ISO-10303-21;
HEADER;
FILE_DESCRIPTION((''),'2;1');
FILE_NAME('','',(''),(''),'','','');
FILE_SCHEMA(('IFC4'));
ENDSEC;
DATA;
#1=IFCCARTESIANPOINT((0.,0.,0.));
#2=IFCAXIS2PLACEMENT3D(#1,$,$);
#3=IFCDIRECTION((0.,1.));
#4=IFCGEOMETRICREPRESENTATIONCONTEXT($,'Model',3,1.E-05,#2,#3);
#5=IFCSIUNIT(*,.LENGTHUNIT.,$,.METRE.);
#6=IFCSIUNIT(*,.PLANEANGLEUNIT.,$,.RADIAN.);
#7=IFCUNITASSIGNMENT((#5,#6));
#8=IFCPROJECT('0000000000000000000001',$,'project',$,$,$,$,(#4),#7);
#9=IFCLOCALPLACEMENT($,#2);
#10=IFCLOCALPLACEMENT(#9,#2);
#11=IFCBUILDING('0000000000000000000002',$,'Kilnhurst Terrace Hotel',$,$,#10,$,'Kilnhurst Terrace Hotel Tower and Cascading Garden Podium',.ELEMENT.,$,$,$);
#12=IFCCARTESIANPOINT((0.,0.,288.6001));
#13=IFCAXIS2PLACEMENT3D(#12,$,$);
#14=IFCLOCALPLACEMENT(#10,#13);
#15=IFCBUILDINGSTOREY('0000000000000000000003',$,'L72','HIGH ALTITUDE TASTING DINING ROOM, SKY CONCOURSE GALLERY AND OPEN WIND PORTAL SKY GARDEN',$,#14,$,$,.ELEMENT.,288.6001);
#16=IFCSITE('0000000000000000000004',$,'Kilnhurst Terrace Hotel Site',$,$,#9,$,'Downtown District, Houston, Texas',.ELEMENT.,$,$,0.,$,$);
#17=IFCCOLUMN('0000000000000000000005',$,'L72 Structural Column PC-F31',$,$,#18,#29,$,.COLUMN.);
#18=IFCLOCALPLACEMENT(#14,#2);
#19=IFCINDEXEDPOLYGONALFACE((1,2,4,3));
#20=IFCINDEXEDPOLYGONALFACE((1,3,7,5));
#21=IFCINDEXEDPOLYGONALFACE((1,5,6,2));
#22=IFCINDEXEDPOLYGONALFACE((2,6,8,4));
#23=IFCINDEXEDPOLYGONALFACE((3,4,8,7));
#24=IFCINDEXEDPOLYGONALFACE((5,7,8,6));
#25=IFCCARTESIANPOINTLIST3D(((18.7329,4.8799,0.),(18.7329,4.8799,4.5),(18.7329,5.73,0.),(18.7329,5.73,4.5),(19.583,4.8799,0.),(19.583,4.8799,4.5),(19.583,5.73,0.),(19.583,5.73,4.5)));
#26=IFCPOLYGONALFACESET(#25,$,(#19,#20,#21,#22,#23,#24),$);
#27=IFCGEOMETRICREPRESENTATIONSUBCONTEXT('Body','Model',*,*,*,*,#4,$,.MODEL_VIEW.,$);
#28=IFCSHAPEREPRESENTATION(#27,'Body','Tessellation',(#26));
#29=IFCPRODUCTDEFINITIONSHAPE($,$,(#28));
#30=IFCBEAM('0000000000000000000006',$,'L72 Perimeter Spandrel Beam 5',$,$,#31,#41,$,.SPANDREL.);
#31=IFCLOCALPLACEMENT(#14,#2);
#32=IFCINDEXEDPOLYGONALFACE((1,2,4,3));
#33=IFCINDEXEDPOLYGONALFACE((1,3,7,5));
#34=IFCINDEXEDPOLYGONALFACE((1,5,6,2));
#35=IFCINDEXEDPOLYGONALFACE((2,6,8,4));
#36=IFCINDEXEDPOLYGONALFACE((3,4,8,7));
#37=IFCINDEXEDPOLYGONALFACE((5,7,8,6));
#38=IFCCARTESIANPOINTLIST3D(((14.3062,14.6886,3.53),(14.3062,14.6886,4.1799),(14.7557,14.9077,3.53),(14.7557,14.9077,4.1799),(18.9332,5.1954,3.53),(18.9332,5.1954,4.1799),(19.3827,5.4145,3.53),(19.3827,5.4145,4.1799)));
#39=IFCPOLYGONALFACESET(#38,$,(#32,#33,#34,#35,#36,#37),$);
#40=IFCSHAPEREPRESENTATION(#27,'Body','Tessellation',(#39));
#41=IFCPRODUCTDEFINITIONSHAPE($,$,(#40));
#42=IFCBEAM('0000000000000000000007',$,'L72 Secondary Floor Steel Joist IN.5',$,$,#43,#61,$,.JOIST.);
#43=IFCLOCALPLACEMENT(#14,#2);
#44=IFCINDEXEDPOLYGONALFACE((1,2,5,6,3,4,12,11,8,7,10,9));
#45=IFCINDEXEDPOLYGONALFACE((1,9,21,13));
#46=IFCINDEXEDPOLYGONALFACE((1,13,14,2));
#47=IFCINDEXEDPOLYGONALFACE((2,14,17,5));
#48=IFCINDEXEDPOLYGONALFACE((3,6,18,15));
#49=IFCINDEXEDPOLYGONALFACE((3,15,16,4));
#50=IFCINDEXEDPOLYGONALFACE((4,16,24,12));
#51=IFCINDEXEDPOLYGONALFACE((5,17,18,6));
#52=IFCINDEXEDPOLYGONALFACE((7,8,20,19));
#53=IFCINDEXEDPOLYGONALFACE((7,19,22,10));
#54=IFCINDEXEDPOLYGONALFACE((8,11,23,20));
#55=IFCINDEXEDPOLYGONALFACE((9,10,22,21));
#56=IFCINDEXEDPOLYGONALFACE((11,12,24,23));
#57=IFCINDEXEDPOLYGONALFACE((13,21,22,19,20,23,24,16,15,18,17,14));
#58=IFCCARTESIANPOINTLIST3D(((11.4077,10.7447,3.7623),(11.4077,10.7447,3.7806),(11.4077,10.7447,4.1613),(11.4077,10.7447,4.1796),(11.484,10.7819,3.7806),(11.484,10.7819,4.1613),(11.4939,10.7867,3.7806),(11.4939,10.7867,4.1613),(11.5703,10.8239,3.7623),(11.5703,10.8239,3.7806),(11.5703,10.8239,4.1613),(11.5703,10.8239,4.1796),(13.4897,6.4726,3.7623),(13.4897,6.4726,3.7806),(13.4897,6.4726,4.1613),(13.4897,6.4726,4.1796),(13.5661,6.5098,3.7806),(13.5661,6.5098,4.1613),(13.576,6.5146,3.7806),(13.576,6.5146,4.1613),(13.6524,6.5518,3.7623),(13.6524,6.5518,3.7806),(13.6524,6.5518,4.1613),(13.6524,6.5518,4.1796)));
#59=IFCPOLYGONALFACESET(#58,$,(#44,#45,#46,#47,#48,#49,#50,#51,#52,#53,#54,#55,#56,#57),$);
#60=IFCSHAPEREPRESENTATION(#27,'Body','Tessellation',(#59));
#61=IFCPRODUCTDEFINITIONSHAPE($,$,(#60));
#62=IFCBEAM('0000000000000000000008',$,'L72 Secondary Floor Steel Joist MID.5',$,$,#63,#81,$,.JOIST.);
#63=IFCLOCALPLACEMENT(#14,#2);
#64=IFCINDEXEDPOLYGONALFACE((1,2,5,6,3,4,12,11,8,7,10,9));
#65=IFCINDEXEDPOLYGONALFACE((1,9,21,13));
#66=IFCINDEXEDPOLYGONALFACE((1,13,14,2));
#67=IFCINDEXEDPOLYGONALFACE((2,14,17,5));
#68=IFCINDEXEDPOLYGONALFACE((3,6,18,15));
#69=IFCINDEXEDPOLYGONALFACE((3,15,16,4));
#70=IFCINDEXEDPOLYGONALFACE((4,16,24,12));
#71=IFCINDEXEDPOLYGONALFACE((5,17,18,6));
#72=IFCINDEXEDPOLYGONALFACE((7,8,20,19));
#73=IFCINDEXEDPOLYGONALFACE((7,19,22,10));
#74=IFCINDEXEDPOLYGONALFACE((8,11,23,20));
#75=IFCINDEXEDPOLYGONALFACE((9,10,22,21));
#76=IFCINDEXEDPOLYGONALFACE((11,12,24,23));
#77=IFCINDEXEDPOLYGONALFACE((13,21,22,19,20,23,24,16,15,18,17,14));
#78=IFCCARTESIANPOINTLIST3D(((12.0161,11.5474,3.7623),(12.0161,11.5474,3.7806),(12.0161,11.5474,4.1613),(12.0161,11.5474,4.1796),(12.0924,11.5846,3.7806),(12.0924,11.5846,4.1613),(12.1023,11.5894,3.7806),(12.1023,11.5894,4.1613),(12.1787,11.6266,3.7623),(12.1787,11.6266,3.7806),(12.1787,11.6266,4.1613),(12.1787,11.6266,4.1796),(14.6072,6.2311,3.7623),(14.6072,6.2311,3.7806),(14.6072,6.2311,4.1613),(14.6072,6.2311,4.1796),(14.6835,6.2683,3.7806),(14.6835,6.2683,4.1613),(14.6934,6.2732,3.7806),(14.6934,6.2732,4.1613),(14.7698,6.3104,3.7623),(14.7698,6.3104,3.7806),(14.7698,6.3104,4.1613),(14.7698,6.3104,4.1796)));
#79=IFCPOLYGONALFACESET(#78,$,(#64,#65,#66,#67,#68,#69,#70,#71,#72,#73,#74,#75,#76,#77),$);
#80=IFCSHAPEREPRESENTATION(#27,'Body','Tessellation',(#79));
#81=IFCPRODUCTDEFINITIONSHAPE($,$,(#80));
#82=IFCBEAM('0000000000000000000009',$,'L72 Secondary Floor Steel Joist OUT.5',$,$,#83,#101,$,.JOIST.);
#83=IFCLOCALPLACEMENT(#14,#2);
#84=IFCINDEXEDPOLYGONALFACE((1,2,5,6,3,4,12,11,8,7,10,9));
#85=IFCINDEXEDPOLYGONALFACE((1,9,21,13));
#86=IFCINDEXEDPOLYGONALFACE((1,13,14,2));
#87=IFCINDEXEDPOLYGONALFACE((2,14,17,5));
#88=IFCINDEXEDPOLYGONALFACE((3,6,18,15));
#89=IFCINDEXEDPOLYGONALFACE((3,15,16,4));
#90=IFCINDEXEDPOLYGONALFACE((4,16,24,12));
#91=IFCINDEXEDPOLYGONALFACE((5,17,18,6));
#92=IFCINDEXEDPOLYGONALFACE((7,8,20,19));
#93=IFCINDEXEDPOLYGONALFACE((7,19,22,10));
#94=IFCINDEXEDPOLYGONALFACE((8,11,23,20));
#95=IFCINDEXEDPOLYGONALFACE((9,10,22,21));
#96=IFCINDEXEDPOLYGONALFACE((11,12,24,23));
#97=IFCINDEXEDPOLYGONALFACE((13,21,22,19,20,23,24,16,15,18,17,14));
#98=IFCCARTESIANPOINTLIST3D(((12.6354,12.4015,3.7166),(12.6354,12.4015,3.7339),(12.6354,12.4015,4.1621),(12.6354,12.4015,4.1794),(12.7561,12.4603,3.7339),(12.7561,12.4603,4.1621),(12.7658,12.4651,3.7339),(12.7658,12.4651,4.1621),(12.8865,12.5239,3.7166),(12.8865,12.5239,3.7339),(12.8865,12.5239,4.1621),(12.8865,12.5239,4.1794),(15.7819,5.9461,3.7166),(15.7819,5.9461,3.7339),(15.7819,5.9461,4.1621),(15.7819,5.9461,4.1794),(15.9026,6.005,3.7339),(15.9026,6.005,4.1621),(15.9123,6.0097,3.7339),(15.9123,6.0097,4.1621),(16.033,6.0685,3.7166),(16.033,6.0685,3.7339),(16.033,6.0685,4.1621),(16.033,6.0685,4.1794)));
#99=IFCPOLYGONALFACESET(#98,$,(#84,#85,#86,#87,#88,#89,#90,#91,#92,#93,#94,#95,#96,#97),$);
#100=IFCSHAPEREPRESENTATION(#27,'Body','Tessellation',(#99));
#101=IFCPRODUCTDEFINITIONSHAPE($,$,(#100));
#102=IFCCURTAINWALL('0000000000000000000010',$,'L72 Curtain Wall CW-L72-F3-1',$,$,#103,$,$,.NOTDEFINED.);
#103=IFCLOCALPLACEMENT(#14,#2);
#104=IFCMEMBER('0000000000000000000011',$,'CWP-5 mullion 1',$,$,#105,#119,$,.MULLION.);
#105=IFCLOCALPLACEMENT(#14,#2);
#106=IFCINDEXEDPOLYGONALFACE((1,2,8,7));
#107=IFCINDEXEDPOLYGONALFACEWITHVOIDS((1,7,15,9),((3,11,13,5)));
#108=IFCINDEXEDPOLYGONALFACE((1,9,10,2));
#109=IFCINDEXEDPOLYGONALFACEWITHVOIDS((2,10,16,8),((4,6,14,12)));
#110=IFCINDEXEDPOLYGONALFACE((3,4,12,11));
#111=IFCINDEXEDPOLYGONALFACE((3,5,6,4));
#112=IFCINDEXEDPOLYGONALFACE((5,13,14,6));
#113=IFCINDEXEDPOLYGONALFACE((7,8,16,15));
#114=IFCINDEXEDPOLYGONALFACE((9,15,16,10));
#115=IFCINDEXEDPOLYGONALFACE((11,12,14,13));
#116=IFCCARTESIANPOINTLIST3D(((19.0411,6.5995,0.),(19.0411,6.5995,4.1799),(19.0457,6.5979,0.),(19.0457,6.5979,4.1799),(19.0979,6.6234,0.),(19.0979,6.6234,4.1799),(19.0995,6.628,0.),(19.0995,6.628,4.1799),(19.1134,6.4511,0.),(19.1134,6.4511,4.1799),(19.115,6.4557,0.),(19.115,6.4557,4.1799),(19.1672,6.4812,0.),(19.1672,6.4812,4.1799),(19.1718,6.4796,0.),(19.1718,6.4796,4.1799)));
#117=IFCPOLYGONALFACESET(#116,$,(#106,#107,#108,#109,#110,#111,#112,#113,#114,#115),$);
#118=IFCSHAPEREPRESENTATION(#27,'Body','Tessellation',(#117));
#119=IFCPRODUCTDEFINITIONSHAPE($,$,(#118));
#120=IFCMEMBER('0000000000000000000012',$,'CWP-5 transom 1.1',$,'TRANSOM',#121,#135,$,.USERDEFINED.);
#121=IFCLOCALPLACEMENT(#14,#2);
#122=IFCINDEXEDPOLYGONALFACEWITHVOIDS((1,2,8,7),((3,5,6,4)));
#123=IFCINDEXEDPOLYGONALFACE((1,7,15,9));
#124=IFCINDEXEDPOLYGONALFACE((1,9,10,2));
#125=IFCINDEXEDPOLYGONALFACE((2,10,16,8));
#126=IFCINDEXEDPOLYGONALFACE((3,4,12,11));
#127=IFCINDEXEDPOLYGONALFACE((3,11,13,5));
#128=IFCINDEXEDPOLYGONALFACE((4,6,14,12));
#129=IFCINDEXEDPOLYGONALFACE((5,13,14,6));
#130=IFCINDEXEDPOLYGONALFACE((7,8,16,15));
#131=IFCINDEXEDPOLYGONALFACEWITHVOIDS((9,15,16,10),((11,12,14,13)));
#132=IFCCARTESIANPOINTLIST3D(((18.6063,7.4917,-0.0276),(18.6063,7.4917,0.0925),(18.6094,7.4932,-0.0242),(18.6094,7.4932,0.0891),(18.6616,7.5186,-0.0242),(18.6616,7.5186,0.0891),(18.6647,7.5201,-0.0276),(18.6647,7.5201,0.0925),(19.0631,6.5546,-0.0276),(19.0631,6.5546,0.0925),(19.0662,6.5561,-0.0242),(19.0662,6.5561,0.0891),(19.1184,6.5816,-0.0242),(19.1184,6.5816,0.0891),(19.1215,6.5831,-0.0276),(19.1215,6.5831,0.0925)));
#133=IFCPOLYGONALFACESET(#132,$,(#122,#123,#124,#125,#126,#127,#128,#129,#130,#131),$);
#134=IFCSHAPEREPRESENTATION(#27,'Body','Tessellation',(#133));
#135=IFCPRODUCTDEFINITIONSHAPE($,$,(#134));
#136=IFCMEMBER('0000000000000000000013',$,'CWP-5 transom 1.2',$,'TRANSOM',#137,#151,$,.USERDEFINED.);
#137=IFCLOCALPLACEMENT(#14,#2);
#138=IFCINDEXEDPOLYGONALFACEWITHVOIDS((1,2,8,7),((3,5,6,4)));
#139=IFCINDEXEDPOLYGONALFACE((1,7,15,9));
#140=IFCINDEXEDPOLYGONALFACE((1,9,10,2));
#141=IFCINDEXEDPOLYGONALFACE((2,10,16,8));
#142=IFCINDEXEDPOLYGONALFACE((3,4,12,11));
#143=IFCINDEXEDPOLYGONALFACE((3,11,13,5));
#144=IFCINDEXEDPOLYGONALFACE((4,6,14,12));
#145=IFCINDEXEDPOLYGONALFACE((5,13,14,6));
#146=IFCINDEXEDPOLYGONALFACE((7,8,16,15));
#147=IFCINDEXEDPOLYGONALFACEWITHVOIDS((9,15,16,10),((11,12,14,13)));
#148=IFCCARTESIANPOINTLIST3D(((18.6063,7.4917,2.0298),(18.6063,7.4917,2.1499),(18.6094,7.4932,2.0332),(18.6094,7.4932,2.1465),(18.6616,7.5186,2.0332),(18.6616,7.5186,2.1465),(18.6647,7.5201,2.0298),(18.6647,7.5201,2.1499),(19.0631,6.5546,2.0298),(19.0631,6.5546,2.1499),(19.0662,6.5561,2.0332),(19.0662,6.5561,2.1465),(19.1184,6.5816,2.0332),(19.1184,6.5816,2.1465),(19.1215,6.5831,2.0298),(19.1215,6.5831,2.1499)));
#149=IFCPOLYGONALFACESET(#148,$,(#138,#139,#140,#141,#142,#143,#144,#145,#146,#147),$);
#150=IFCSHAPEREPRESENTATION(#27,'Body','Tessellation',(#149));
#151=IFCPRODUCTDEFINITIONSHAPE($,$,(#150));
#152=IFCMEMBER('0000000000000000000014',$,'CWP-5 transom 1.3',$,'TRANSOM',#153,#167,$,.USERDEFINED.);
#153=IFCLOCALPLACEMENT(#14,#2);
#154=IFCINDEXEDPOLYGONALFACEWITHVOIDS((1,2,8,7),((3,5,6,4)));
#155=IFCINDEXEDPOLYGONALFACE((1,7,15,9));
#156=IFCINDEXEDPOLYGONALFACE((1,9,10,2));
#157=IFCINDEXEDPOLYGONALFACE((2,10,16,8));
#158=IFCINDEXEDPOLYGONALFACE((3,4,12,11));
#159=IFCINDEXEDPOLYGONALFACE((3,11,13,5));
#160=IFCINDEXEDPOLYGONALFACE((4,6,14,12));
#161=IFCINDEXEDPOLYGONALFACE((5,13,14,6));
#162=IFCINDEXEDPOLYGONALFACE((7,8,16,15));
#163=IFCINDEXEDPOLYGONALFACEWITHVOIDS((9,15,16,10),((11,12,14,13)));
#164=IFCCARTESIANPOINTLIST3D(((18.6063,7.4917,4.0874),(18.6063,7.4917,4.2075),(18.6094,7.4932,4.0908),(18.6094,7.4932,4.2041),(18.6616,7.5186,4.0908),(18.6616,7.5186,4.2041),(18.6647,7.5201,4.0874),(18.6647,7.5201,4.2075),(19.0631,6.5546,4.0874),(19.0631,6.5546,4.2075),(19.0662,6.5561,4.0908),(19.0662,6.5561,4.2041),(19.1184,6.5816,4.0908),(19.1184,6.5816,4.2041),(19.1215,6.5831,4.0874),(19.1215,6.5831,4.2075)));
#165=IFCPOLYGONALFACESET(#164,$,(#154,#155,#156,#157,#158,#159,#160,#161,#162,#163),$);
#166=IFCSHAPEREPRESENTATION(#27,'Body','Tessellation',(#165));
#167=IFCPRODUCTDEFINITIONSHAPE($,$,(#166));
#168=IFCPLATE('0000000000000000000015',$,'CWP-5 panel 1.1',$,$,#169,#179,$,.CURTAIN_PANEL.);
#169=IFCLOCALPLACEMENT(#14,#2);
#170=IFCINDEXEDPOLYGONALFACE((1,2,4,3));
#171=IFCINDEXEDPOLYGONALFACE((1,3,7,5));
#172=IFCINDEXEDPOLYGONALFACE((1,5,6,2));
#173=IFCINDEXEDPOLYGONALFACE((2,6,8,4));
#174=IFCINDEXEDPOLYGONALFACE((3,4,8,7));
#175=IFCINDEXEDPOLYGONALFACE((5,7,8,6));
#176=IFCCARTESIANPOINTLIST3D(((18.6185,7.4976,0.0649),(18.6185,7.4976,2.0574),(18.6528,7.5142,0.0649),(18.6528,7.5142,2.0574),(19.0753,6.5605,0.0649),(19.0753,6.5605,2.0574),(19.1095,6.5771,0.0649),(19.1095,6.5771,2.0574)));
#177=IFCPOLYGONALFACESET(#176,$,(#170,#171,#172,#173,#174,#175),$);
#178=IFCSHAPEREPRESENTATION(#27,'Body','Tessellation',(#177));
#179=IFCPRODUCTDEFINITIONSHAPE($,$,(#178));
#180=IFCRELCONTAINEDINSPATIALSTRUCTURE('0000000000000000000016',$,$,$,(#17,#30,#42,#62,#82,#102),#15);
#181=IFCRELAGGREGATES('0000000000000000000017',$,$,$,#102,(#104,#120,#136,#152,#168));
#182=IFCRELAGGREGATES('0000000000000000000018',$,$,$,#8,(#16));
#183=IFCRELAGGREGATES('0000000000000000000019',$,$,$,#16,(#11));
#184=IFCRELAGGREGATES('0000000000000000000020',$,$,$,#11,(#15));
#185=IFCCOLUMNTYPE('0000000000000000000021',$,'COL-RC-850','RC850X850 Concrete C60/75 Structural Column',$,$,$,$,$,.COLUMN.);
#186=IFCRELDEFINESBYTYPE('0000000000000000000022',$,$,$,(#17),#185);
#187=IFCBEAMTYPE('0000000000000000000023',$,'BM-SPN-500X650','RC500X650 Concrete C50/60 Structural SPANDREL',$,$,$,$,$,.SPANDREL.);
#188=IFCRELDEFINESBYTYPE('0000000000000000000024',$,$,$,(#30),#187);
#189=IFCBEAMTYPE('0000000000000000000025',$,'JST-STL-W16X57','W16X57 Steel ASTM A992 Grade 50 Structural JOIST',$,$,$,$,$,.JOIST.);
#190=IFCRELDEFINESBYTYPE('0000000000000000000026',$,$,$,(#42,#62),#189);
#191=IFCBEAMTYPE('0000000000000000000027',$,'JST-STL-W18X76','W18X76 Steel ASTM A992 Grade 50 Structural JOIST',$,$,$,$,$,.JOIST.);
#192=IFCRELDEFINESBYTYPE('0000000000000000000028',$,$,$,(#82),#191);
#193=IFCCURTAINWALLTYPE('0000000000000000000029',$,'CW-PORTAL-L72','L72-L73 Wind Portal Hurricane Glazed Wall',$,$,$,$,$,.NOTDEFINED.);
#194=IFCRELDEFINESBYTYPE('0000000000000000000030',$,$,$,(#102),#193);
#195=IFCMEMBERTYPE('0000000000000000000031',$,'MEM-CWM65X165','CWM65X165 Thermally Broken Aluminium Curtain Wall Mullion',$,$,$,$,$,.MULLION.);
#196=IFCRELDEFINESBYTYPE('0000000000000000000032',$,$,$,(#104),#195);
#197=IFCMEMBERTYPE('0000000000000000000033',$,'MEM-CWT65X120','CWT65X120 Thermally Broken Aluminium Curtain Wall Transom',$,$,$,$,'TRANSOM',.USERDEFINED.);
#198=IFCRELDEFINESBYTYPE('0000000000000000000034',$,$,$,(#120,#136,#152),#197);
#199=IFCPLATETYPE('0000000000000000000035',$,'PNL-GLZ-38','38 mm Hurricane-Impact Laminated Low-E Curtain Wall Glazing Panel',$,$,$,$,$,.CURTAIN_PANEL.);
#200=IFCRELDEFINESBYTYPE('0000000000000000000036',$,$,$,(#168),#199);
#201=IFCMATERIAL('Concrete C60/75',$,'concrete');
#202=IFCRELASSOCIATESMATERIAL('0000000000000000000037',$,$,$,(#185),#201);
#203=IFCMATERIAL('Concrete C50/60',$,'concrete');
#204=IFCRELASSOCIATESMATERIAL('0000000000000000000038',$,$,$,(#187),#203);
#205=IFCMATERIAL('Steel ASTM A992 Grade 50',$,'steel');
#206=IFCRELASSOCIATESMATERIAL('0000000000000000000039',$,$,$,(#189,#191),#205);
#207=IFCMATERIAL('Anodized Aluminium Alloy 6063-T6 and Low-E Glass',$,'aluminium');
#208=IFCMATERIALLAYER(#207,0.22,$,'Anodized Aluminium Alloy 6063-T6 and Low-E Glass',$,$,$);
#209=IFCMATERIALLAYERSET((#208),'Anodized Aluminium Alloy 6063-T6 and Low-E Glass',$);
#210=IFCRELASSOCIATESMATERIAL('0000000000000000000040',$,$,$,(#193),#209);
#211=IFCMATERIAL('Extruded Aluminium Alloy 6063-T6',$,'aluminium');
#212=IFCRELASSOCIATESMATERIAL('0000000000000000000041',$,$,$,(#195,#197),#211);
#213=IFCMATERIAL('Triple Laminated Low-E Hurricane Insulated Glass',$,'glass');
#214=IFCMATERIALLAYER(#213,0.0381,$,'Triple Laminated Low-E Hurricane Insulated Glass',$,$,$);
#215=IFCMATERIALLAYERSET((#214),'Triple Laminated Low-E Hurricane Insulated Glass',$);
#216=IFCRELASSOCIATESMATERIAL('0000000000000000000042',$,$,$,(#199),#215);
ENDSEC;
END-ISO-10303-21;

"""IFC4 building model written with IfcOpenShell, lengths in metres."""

from ifc_helpers import new_model, si_unit, direction, frame, origin, origin_2d, place, context, subcontext, project, spatial, rectangle, hollow_rectangle, i_section, extrude, material, layer, layer_set, material_profile, profile_set, type_object, element, aggregate, save


model = new_model("IFC4")

# Units and contexts
model_context = context("Model", 3, precision=1e-05, world=origin(), true_north=direction((0.0, 1.0)))
body_context = subcontext(model_context, "Body", "Model", "MODEL_VIEW")
ifc_project = project(units=[si_unit("LENGTHUNIT", "METRE"), si_unit("PLANEANGLEUNIT", "RADIAN")], contexts=[model_context])

# Site, building, storey
site_placement = place(None, origin())
site = spatial("IfcSite", under=ifc_project, at=site_placement, Name="Kilnhurst Terrace Hotel Site", LongName="Downtown District, Houston, Texas", CompositionType="ELEMENT", RefElevation=0.0)
building_placement = place(site_placement, origin())
building = spatial("IfcBuilding", under=site, at=building_placement, Name="Kilnhurst Terrace Hotel", LongName="Kilnhurst Terrace Hotel Tower and Cascading Garden Podium", CompositionType="ELEMENT")
storey_placement = place(building_placement, frame((0.0, 0.0, 288.6001)))
storey = spatial("IfcBuildingStorey", under=building, at=storey_placement, Name="L72", Description="HIGH ALTITUDE TASTING DINING ROOM, SKY CONCOURSE GALLERY AND OPEN WIND PORTAL SKY GARDEN", CompositionType="ELEMENT", Elevation=288.6001)

# Column
ifc_material_1 = material(Name="Concrete C60/75", Category="concrete")
ifc_material_profile_1 = material_profile(ifc_material_1, rectangle(XDim=0.8501, YDim=0.8501, at=origin_2d()), Name="RC850X850")
ifc_profile_set_1 = profile_set([ifc_material_profile_1], Name="Concrete C60/75")
column_type = type_object("IfcColumnType", Name="COL-RC-850", Description="RC850X850 Concrete C60/75 Structural Column", PredefinedType="COLUMN", material=ifc_profile_set_1)
column_placement = place(storey_placement, frame((19.158, 5.3049, 0.0), z_axis=(0.0, 0.0, 1.0), x_axis=(1.0, 0.0, 0.0)))
element("IfcColumn", 1, at=column_placement, inside=storey, type_object=column_type, Name="L72 Structural Column PC-F31", PredefinedType="COLUMN", context=body_context, shape_type="SweptSolid", body=[
    extrude(rectangle(XDim=0.8501, YDim=0.8501, at=origin_2d()), origin(), (0.0, 0.0, 1.0), 4.5),
])

# Beams
ifc_material_2 = material(Name="Concrete C50/60", Category="concrete")
ifc_material_profile_2 = material_profile(ifc_material_2, rectangle(XDim=0.5, YDim=0.6499, at=origin_2d()), Name="RC500X650")
ifc_profile_set_2 = profile_set([ifc_material_profile_2], Name="Concrete C50/60")
beam_type_1 = type_object("IfcBeamType", Name="BM-SPN-500X650", Description="RC500X650 Concrete C50/60 Structural SPANDREL", PredefinedType="SPANDREL", material=ifc_profile_set_2)
beam_1_placement = place(storey_placement, frame((19.158, 5.3049, 3.855), z_axis=(-0.438128, 0.898912, 0.0), x_axis=(-0.898912, -0.438128, 0.0)))
element("IfcBeam", 2, at=beam_1_placement, inside=storey, type_object=beam_type_1, Name="L72 Perimeter Spandrel Beam 5", PredefinedType="SPANDREL", context=body_context, shape_type="SweptSolid", body=[
    extrude(rectangle(XDim=0.5, YDim=0.6499, at=origin_2d()), origin(), (0.0, 0.0, 1.0), 10.5608),
])
ifc_material_3 = material(Name="Steel ASTM A992 Grade 50", Category="steel")
ifc_material_profile_3 = material_profile(ifc_material_3, i_section(OverallWidth=0.1809, OverallDepth=0.4172, WebThickness=0.011, FlangeThickness=0.0183, at=origin_2d()), Name="W16X57")
ifc_profile_set_3 = profile_set([ifc_material_profile_3], Name="Steel ASTM A992 Grade 50")
beam_type_2 = type_object("IfcBeamType", Name="JST-STL-W16X57", Description="W16X57 Steel ASTM A992 Grade 50 Structural JOIST", PredefinedType="JOIST", material=ifc_profile_set_3)
beam_2_placement = place(storey_placement, frame((13.571, 6.5122, 3.9709), z_axis=(-0.438108, 0.898922, 0.0), x_axis=(-0.898922, -0.438108, 0.0)))
element("IfcBeam", 3, at=beam_2_placement, inside=storey, type_object=beam_type_2, Name="L72 Secondary Floor Steel Joist IN.5", PredefinedType="JOIST", context=body_context, shape_type="SweptSolid", body=[
    extrude(i_section(OverallWidth=0.1809, OverallDepth=0.4172, WebThickness=0.011, FlangeThickness=0.0183, at=origin_2d()), origin(), (0.0, 0.0, 1.0), 4.7524),
])
beam_3_placement = place(storey_placement, frame((14.6885, 6.2708, 3.9709), z_axis=(-0.438125, 0.898914, 0.0), x_axis=(-0.898914, -0.438125, 0.0)))
element("IfcBeam", 4, at=beam_3_placement, inside=storey, type_object=beam_type_2, Name="L72 Secondary Floor Steel Joist MID.5", PredefinedType="JOIST", context=body_context, shape_type="SweptSolid", body=[
    extrude(i_section(OverallWidth=0.1809, OverallDepth=0.4172, WebThickness=0.011, FlangeThickness=0.0183, at=origin_2d()), origin(), (0.0, 0.0, 1.0), 5.9141),
])
ifc_material_profile_4 = material_profile(ifc_material_3, i_section(OverallWidth=0.2793, OverallDepth=0.4629, WebThickness=0.0107, FlangeThickness=0.0173, at=origin_2d()), Name="W18X76")
ifc_profile_set_4 = profile_set([ifc_material_profile_4], Name="Steel ASTM A992 Grade 50")
beam_type_3 = type_object("IfcBeamType", Name="JST-STL-W18X76", Description="W18X76 Steel ASTM A992 Grade 50 Structural JOIST", PredefinedType="JOIST", material=ifc_profile_set_4)
beam_4_placement = place(storey_placement, frame((15.9075, 6.0073, 3.948), z_axis=(-0.438148, 0.898903, 0.0), x_axis=(-0.898903, -0.438148, 0.0)))
element("IfcBeam", 5, at=beam_4_placement, inside=storey, type_object=beam_type_3, Name="L72 Secondary Floor Steel Joist OUT.5", PredefinedType="JOIST", context=body_context, shape_type="SweptSolid", body=[
    extrude(i_section(OverallWidth=0.2793, OverallDepth=0.4629, WebThickness=0.0107, FlangeThickness=0.0173, at=origin_2d()), origin(), (0.0, 0.0, 1.0), 7.1814),
])

# Curtain wall, members, plate
ifc_material_4 = material(Name="Anodized Aluminium Alloy 6063-T6 and Low-E Glass", Category="aluminium")
ifc_layer_1 = layer(ifc_material_4, 0.22, Name="Anodized Aluminium Alloy 6063-T6 and Low-E Glass")
ifc_layer_set_1 = layer_set([ifc_layer_1], Name="Anodized Aluminium Alloy 6063-T6 and Low-E Glass")
curtain_wall_type = type_object("IfcCurtainWallType", Name="CW-PORTAL-L72", Description="L72-L73 Wind Portal Hurricane Glazed Wall", PredefinedType="NOTDEFINED", material=ifc_layer_set_1)
curtain_wall_placement = place(storey_placement, origin())
curtain_wall = element("IfcCurtainWall", 6, at=curtain_wall_placement, inside=storey, type_object=curtain_wall_type, Name="L72 Curtain Wall CW-L72-F3-1", PredefinedType="NOTDEFINED")
ifc_material_5 = material(Name="Extruded Aluminium Alloy 6063-T6", Category="aluminium")
ifc_material_profile_5 = material_profile(ifc_material_5, hollow_rectangle(XDim=0.0649, YDim=0.165, WallThickness=0.0034, at=origin_2d()), Name="CWM65X165")
ifc_profile_set_5 = profile_set([ifc_material_profile_5], Name="Extruded Aluminium Alloy 6063-T6")
member_type_1 = type_object("IfcMemberType", Name="MEM-CWM65X165", Description="CWM65X165 Thermally Broken Aluminium Curtain Wall Mullion", PredefinedType="MULLION", material=ifc_profile_set_5)
member_1_placement = place(storey_placement, frame((19.1064, 6.5396, 0.0), z_axis=(0.0, 0.0, 1.0), x_axis=(-0.898916, -0.43812, 0.0)))
member_1 = element("IfcMember", 7, at=member_1_placement, type_object=member_type_1, Name="CWP-5 mullion 1", PredefinedType="MULLION", context=body_context, shape_type="SweptSolid", body=[
    extrude(hollow_rectangle(XDim=0.0649, YDim=0.165, WallThickness=0.0034, at=origin_2d()), origin(), (0.0, 0.0, 1.0), 4.1799),
])
ifc_material_profile_6 = material_profile(ifc_material_5, hollow_rectangle(XDim=0.0649, YDim=0.1201, WallThickness=0.0034, at=origin_2d()), Name="CWT65X120")
ifc_profile_set_6 = profile_set([ifc_material_profile_6], Name="Extruded Aluminium Alloy 6063-T6")
member_type_2 = type_object("IfcMemberType", Name="MEM-CWT65X120", Description="CWT65X120 Thermally Broken Aluminium Curtain Wall Transom", ElementType="TRANSOM", PredefinedType="USERDEFINED", material=ifc_profile_set_6)
member_2_placement = place(storey_placement, frame((19.0923, 6.5688, 0.0325), z_axis=(-0.438198, 0.898879, 0.0), x_axis=(-0.898879, -0.438198, 0.0)))
member_2 = element("IfcMember", 8, at=member_2_placement, type_object=member_type_2, Name="CWP-5 transom 1.1", ObjectType="TRANSOM", PredefinedType="USERDEFINED", context=body_context, shape_type="SweptSolid", body=[
    extrude(hollow_rectangle(XDim=0.0649, YDim=0.1201, WallThickness=0.0034, at=origin_2d()), origin(), (0.0, 0.0, 1.0), 1.0425),
])
member_3_placement = place(storey_placement, frame((19.0923, 6.5688, 2.0898), z_axis=(-0.438198, 0.898879, 0.0), x_axis=(-0.898879, -0.438198, 0.0)))
member_3 = element("IfcMember", 9, at=member_3_placement, type_object=member_type_2, Name="CWP-5 transom 1.2", ObjectType="TRANSOM", PredefinedType="USERDEFINED", context=body_context, shape_type="SweptSolid", body=[
    extrude(hollow_rectangle(XDim=0.0649, YDim=0.1201, WallThickness=0.0034, at=origin_2d()), origin(), (0.0, 0.0, 1.0), 1.0425),
])
member_4_placement = place(storey_placement, frame((19.0923, 6.5688, 4.1475), z_axis=(-0.438198, 0.898879, 0.0), x_axis=(-0.898879, -0.438198, 0.0)))
member_4 = element("IfcMember", 10, at=member_4_placement, type_object=member_type_2, Name="CWP-5 transom 1.3", ObjectType="TRANSOM", PredefinedType="USERDEFINED", context=body_context, shape_type="SweptSolid", body=[
    extrude(hollow_rectangle(XDim=0.0649, YDim=0.1201, WallThickness=0.0034, at=origin_2d()), origin(), (0.0, 0.0, 1.0), 1.0425),
])
ifc_material_6 = material(Name="Triple Laminated Low-E Hurricane Insulated Glass", Category="glass")
ifc_layer_2 = layer(ifc_material_6, 0.0381, Name="Triple Laminated Low-E Hurricane Insulated Glass")
ifc_layer_set_2 = layer_set([ifc_layer_2], Name="Triple Laminated Low-E Hurricane Insulated Glass")
plate_type = type_object("IfcPlateType", Name="PNL-GLZ-38", Description="38 mm Hurricane-Impact Laminated Low-E Curtain Wall Glazing Panel", PredefinedType="CURTAIN_PANEL", material=ifc_layer_set_2)
plate_1_placement = place(storey_placement, frame((18.864, 7.0374, 0.0649), z_axis=(0.0, 0.0, 1.0), x_axis=(-0.43812, 0.898916, 0.0)))
plate_1 = element("IfcPlate", 11, at=plate_1_placement, type_object=plate_type, Name="CWP-5 panel 1.1", PredefinedType="CURTAIN_PANEL", context=body_context, shape_type="SweptSolid", body=[
    extrude(rectangle(XDim=1.0425, YDim=0.0381, at=origin_2d()), origin(), (0.0, 0.0, 1.0), 1.9924),
])
aggregate(curtain_wall, [member_1, member_2, member_3, member_4, plate_1])

save(model, "model.ifc")
